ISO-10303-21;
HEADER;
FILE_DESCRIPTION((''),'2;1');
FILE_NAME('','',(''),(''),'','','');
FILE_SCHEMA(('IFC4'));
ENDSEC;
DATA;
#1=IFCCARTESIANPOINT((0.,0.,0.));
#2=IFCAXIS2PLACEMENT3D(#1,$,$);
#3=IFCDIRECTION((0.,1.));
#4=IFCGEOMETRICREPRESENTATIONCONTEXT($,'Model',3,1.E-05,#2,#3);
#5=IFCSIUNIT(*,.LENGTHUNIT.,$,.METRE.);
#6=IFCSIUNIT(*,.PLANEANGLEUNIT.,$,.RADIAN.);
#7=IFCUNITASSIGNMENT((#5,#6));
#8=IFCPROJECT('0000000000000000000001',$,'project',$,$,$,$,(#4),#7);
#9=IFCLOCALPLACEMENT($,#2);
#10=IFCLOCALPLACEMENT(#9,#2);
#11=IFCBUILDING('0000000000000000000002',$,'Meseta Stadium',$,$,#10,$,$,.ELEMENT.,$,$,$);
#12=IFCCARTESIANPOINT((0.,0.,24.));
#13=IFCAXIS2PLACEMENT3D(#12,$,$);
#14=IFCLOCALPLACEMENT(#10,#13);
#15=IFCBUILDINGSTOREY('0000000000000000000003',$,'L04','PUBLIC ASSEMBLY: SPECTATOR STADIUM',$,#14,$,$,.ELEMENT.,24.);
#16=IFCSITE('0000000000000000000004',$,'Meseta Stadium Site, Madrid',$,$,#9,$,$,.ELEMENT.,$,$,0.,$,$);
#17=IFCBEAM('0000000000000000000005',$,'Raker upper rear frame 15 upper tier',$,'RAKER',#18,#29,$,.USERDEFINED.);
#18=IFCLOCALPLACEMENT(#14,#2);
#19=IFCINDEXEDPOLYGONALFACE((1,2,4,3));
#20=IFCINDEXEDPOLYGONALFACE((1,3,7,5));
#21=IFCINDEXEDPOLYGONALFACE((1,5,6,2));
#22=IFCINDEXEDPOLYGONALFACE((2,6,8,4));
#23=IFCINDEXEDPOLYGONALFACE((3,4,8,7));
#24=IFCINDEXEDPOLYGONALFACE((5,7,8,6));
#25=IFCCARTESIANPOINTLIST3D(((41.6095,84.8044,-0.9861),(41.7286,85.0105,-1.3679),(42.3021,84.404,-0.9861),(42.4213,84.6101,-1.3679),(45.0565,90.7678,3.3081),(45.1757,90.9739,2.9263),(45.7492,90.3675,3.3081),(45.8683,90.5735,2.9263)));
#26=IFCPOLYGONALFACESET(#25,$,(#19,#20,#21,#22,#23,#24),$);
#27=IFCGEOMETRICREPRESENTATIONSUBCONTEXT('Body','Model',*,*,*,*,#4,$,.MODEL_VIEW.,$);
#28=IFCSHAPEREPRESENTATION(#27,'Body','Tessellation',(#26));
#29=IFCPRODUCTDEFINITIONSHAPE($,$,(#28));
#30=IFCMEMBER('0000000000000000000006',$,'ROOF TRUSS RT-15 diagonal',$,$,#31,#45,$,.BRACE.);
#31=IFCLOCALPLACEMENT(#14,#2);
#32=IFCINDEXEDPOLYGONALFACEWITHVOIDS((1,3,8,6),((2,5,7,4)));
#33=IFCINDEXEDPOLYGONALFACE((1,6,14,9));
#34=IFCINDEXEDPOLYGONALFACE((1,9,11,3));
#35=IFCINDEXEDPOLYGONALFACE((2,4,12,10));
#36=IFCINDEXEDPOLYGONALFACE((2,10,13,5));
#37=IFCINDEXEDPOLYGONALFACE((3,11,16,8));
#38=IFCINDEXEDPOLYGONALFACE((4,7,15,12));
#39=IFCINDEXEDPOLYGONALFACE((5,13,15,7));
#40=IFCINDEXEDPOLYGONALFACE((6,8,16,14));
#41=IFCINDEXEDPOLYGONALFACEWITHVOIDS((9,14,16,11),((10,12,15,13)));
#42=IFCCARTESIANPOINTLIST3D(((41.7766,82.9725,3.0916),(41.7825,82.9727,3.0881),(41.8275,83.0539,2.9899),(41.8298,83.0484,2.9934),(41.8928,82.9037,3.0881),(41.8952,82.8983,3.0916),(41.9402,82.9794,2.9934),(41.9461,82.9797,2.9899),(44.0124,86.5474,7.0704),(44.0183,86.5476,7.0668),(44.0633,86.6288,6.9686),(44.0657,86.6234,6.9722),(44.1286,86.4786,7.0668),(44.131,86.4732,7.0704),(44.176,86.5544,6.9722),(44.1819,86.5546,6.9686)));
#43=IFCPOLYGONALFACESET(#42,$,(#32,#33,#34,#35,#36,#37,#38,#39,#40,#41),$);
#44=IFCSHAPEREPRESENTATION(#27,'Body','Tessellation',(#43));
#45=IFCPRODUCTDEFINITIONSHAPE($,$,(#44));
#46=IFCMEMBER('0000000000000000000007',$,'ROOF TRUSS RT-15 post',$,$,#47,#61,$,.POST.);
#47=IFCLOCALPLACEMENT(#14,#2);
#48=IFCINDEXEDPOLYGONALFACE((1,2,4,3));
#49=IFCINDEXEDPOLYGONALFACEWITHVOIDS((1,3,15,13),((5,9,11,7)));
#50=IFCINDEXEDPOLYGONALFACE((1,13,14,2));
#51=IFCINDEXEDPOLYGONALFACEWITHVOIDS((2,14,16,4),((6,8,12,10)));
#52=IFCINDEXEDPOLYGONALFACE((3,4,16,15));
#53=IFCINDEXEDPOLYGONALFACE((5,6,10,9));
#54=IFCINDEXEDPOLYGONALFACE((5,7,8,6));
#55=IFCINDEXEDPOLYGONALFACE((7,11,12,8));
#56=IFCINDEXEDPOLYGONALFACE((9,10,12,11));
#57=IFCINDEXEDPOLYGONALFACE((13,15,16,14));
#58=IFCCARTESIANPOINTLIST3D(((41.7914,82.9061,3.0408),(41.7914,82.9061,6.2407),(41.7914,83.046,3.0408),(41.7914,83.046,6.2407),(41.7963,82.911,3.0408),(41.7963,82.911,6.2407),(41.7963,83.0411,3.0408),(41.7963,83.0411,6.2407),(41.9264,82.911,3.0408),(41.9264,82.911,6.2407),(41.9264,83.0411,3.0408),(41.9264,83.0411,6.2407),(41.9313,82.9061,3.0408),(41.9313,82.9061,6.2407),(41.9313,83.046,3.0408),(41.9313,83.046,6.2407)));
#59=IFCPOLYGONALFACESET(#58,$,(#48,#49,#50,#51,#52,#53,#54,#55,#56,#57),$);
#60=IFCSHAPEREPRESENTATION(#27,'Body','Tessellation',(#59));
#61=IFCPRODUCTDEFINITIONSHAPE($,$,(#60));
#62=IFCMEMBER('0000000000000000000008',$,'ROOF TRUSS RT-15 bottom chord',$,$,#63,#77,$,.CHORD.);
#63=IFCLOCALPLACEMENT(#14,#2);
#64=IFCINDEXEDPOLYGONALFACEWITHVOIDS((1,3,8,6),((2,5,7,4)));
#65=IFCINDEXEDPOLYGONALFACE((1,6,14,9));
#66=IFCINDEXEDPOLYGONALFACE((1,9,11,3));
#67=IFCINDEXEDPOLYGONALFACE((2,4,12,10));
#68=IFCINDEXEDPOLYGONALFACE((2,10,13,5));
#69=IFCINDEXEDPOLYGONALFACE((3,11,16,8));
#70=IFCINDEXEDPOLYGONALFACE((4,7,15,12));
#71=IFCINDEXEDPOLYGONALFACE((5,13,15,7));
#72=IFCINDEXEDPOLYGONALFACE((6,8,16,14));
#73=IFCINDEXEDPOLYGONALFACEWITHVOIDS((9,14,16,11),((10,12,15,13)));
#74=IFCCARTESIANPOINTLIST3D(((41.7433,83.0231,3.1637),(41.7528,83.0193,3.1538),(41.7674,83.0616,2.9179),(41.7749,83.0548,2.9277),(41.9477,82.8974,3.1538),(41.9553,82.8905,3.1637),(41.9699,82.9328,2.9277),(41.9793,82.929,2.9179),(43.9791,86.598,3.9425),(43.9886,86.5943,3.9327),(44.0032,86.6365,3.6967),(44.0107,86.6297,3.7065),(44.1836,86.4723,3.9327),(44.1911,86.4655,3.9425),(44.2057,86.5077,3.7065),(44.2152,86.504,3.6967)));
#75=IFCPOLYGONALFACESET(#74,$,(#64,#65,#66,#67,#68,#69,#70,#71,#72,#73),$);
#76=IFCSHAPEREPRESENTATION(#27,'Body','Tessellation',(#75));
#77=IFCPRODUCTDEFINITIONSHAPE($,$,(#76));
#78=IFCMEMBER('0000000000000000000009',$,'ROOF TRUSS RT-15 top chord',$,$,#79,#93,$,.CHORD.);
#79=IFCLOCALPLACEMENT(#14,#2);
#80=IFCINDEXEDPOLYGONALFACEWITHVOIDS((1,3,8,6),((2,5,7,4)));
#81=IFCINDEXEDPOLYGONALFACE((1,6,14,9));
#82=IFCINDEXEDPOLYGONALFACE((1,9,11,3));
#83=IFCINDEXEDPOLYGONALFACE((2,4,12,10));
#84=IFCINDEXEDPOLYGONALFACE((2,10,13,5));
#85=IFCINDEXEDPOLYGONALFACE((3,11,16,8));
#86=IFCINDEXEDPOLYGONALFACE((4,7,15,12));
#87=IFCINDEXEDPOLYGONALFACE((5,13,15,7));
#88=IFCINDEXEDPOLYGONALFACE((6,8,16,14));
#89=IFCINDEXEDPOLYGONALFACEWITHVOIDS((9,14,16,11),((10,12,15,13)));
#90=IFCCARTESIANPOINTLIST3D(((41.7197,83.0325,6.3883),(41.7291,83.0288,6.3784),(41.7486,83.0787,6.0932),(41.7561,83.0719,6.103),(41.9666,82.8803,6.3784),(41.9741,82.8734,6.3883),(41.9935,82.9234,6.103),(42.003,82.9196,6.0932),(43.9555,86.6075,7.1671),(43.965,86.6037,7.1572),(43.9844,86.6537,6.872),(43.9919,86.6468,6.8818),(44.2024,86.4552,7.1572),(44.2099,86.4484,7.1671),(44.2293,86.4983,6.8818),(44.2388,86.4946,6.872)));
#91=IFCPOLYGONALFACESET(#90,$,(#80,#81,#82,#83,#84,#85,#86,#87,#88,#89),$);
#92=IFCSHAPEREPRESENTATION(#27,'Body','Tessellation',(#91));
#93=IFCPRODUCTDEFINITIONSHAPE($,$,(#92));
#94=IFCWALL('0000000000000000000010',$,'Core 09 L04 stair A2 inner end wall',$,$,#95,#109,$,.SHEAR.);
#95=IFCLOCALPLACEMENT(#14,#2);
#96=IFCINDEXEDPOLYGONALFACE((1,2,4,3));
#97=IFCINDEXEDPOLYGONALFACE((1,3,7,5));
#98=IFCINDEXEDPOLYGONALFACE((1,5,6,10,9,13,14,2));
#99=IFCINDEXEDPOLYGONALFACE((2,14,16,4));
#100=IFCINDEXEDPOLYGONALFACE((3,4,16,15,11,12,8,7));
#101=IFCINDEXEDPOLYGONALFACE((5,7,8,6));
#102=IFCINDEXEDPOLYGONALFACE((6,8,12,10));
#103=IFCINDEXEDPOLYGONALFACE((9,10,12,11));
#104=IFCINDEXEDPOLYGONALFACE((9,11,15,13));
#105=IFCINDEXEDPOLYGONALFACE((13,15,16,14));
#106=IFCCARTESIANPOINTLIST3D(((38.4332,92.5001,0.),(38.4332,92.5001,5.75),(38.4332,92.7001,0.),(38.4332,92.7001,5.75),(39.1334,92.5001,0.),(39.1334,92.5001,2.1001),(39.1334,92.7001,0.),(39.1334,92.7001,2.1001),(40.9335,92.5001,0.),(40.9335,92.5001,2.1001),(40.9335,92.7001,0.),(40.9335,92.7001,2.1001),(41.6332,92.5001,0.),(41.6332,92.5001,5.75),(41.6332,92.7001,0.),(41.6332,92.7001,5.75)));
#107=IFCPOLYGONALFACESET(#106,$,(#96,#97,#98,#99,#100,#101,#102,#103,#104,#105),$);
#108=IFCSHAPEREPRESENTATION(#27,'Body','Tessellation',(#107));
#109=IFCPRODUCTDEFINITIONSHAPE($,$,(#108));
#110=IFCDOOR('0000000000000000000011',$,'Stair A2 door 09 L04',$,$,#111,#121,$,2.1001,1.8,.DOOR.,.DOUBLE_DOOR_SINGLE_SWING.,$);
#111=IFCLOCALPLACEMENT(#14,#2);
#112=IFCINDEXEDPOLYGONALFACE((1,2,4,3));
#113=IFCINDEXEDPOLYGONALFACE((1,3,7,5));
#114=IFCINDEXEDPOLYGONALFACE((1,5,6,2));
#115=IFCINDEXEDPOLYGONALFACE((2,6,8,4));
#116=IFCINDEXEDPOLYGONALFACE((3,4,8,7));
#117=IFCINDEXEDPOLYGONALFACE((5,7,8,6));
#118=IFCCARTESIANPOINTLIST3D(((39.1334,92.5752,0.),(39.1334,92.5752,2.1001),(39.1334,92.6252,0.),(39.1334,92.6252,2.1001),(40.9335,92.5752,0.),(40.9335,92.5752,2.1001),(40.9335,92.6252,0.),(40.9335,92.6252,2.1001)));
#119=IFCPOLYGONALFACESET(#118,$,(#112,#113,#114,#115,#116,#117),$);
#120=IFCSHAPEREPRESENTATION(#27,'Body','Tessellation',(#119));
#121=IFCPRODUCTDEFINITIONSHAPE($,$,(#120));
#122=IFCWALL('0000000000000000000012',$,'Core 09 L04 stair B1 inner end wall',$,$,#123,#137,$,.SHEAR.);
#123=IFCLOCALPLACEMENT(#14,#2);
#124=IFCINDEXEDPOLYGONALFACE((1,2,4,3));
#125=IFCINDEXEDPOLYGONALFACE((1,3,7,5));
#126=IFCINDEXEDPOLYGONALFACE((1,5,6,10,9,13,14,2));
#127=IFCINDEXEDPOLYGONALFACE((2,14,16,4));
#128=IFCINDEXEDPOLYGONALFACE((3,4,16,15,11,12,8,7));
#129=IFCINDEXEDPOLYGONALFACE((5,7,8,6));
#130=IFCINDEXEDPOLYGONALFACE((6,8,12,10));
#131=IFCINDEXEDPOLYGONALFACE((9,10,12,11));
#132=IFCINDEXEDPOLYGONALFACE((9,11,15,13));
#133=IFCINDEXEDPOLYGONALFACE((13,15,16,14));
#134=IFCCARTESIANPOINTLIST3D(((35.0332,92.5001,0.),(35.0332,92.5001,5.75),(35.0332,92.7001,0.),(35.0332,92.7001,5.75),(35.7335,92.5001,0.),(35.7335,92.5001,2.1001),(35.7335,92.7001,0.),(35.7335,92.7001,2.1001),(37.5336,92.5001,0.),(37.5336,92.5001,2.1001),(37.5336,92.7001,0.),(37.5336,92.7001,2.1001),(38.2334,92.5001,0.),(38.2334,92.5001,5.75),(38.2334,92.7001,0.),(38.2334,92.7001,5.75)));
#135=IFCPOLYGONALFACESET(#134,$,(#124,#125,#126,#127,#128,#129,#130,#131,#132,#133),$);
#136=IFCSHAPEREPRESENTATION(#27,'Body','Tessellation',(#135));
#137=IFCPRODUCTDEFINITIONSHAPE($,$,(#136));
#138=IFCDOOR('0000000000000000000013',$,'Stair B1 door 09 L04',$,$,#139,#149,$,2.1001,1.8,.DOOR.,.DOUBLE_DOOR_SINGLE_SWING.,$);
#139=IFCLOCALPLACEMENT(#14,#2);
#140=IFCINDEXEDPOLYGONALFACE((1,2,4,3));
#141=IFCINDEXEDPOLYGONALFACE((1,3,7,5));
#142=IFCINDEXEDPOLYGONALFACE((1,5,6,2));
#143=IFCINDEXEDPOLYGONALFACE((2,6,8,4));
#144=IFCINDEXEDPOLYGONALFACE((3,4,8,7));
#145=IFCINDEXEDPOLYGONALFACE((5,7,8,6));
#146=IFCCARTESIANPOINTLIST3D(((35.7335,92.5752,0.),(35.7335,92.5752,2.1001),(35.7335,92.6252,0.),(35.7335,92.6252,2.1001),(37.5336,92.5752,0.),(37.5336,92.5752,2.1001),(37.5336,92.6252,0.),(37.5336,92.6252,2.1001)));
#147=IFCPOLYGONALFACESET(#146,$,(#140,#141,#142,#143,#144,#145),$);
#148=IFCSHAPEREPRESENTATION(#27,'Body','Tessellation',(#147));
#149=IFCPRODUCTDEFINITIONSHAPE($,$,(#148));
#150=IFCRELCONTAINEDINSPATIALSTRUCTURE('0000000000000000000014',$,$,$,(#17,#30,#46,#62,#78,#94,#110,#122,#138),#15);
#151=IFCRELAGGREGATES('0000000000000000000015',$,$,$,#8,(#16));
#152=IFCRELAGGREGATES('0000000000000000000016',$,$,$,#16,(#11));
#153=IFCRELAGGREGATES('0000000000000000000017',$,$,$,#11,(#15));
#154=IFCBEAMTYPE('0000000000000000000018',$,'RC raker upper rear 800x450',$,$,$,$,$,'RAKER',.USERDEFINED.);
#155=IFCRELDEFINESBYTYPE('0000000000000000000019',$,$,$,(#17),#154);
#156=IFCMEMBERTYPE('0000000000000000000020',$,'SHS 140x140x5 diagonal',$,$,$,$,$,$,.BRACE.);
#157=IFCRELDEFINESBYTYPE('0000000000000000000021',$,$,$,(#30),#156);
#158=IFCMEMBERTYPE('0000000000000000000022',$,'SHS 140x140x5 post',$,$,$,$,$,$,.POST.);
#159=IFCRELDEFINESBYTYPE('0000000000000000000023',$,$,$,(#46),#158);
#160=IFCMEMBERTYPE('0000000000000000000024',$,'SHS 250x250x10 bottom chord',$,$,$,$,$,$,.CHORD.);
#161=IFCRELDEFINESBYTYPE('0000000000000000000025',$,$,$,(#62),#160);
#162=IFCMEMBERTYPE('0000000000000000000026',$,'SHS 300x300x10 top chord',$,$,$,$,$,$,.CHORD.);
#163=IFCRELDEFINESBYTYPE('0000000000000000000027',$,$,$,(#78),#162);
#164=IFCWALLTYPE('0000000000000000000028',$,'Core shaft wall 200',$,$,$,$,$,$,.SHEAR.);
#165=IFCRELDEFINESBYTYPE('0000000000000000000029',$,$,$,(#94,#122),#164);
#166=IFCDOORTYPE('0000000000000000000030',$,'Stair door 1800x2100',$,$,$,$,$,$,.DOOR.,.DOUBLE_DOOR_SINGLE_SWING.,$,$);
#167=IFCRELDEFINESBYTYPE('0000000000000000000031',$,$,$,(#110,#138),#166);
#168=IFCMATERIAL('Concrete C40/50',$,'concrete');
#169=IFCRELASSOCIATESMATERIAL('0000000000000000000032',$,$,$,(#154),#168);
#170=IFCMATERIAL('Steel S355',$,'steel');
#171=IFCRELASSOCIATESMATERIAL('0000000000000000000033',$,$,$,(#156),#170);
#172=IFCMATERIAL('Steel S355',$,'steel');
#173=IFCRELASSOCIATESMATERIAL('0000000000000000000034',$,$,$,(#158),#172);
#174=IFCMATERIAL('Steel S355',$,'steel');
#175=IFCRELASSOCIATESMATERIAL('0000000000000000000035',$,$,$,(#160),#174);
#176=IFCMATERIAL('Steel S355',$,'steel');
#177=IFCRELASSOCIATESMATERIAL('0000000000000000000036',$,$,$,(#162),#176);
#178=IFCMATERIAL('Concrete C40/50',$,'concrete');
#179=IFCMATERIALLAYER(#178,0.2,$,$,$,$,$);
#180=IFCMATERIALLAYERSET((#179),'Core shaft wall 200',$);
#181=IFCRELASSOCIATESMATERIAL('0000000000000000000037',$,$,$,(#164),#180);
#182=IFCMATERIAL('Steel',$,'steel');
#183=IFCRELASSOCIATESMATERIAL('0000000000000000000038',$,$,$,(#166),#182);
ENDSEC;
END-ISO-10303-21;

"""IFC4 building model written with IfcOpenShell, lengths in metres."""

from ifc_helpers import new_model, si_unit, direction, frame, frame_2d, origin, origin_2d, place, context, subcontext, project, spatial, rectangle, hollow_rectangle, extrude, material, layer, layer_set, material_profile, profile_set, type_object, element, fill, save


model = new_model("IFC4")

# Units and contexts
model_context = context("Model", 3, precision=1e-05, world=origin(), true_north=direction((0.0, 1.0)))
body_context = subcontext(model_context, "Body", "Model", "MODEL_VIEW")
ifc_project = project(units=[si_unit("LENGTHUNIT", "METRE"), si_unit("PLANEANGLEUNIT", "RADIAN")], contexts=[model_context])

# Site, building, storey
site_placement = place(None, origin())
site = spatial("IfcSite", under=ifc_project, at=site_placement, Name="Meseta Stadium Site, Madrid", CompositionType="ELEMENT", RefElevation=0.0)
building_placement = place(site_placement, origin())
building = spatial("IfcBuilding", under=site, at=building_placement, Name="Meseta Stadium", CompositionType="ELEMENT")
storey_placement = place(building_placement, frame((0.0, 0.0, 24.0)))
storey = spatial("IfcBuildingStorey", under=building, at=storey_placement, Name="L04", Description="PUBLIC ASSEMBLY: SPECTATOR STADIUM", CompositionType="ELEMENT", Elevation=24.0)

# Beam
ifc_material_1 = material(Name="Concrete C40/50", Category="concrete")
ifc_material_profile_1 = material_profile(ifc_material_1, rectangle(XDim=0.8, YDim=0.45, at=origin_2d()), Name="RC 800x450")
ifc_profile_set_1 = profile_set([ifc_material_profile_1], Name="Concrete C40/50")
beam_type = type_object("IfcBeamType", Name="RC raker upper rear 800x450", ElementType="RAKER", PredefinedType="USERDEFINED", material=ifc_profile_set_1)
beam_placement = place(storey_placement, frame((42.0154, 84.7073, -1.177), z_axis=(0.424673, 0.734688, 0.529044), x_axis=(-0.86577, 0.500442, 0.0)))
element("IfcBeam", 1, at=beam_placement, inside=storey, type_object=beam_type, Name="Raker upper rear frame 15 upper tier", ObjectType="RAKER", PredefinedType="USERDEFINED", context=body_context, shape_type="SweptSolid", body=[
    extrude(rectangle(XDim=0.8, YDim=0.45, at=origin_2d()), origin(), (0.0, 0.0, 1.0), 8.1169),
])

# Members
ifc_material_2 = material(Name="Steel S355", Category="steel")
ifc_material_profile_2 = material_profile(ifc_material_2, hollow_rectangle(XDim=0.1399, YDim=0.1399, WallThickness=0.0049, at=origin_2d()), Name="SHS 140x140x5")
ifc_profile_set_2 = profile_set([ifc_material_profile_2], Name="Steel S355")
member_type_1 = type_object("IfcMemberType", Name="SHS 140x140x5 diagonal", PredefinedType="BRACE", material=ifc_profile_set_2)
member_1_placement = place(storey_placement, frame((41.8613, 82.9761, 3.0408), z_axis=(0.385663, 0.616648, 0.686301), x_axis=(-0.847839, 0.530254, 0.0)))
element("IfcMember", 2, at=member_1_placement, inside=storey, type_object=member_type_1, Name="ROOF TRUSS RT-15 diagonal", PredefinedType="BRACE", context=body_context, shape_type="SweptSolid", body=[
    extrude(hollow_rectangle(XDim=0.1399, YDim=0.1399, WallThickness=0.0049, at=origin_2d()), origin(), (0.0, 0.0, 1.0), 5.7974),
])
ifc_material_3 = material(Name="Steel S355", Category="steel")
ifc_material_profile_3 = material_profile(ifc_material_3, hollow_rectangle(XDim=0.1399, YDim=0.1399, WallThickness=0.0049, at=origin_2d()), Name="SHS 140x140x5")
ifc_profile_set_3 = profile_set([ifc_material_profile_3], Name="Steel S355")
member_type_2 = type_object("IfcMemberType", Name="SHS 140x140x5 post", PredefinedType="POST", material=ifc_profile_set_3)
member_2_placement = place(storey_placement, frame((41.8613, 82.9761, 3.0408), z_axis=(0.0, 0.0, 1.0), x_axis=(1.0, 0.0, 0.0)))
element("IfcMember", 3, at=member_2_placement, inside=storey, type_object=member_type_2, Name="ROOF TRUSS RT-15 post", PredefinedType="POST", context=body_context, shape_type="SweptSolid", body=[
    extrude(hollow_rectangle(XDim=0.1399, YDim=0.1399, WallThickness=0.0049, at=origin_2d()), origin(), (0.0, 0.0, 1.0), 3.2),
])
ifc_material_4 = material(Name="Steel S355", Category="steel")
ifc_material_profile_4 = material_profile(ifc_material_4, hollow_rectangle(XDim=0.25, YDim=0.25, WallThickness=0.01, at=origin_2d()), Name="SHS 250x250x10")
ifc_profile_set_4 = profile_set([ifc_material_profile_4], Name="Steel S355")
member_type_3 = type_object("IfcMemberType", Name="SHS 250x250x10 bottom chord", PredefinedType="CHORD", material=ifc_profile_set_4)
member_3_placement = place(storey_placement, frame((41.8613, 82.9761, 3.0408), z_axis=(0.521434, 0.833737, 0.181631), x_axis=(-0.847839, 0.530254, 0.0)))
element("IfcMember", 4, at=member_3_placement, inside=storey, type_object=member_type_3, Name="ROOF TRUSS RT-15 bottom chord", PredefinedType="CHORD", context=body_context, shape_type="SweptSolid", body=[
    extrude(hollow_rectangle(XDim=0.25, YDim=0.25, WallThickness=0.01, at=origin_2d()), origin(), (0.0, 0.0, 1.0), 4.2878),
])
ifc_material_5 = material(Name="Steel S355", Category="steel")
ifc_material_profile_5 = material_profile(ifc_material_5, hollow_rectangle(XDim=0.3, YDim=0.3, WallThickness=0.01, at=origin_2d()), Name="SHS 300x300x10")
ifc_profile_set_5 = profile_set([ifc_material_profile_5], Name="Steel S355")
member_type_4 = type_object("IfcMemberType", Name="SHS 300x300x10 top chord", PredefinedType="CHORD", material=ifc_profile_set_5)
member_4_placement = place(storey_placement, frame((41.8613, 82.9761, 6.2407), z_axis=(0.521434, 0.833737, 0.181631), x_axis=(-0.847839, 0.530254, 0.0)))
element("IfcMember", 5, at=member_4_placement, inside=storey, type_object=member_type_4, Name="ROOF TRUSS RT-15 top chord", PredefinedType="CHORD", context=body_context, shape_type="SweptSolid", body=[
    extrude(hollow_rectangle(XDim=0.3, YDim=0.3, WallThickness=0.01, at=origin_2d()), origin(), (0.0, 0.0, 1.0), 4.2878),
])

# Walls, openings, doors
ifc_material_6 = material(Name="Concrete C40/50", Category="concrete")
ifc_layer_1 = layer(ifc_material_6, 0.2)
ifc_layer_set_1 = layer_set([ifc_layer_1], Name="Core shaft wall 200")
wall_type_1 = type_object("IfcWallType", Name="Core shaft wall 200", PredefinedType="SHEAR", material=ifc_layer_set_1)
wall_1_placement = place(storey_placement, frame((41.6333, 92.6001, 0.0), z_axis=(0.0, 0.0, 1.0), x_axis=(-1.0, 0.0, 0.0)))
wall_1 = element("IfcWall", 6, at=wall_1_placement, inside=storey, type_object=wall_type_1, Name="Core 09 L04 stair A2 inner end wall", PredefinedType="SHEAR", context=body_context, shape_type="SweptSolid", body=[
    extrude(rectangle(XDim=3.2, YDim=0.2, at=frame_2d((1.6001, 0.0))), origin(), (0.0, 0.0, 1.0), 5.75),
])
opening_1_placement = place(wall_1_placement, frame((0.7, 0.0, 0.0)))
opening_1 = element("IfcOpeningElement", 7, at=opening_1_placement, cuts=wall_1, PredefinedType="OPENING", context=body_context, shape_type="SweptSolid", body=[
    extrude(rectangle(XDim=1.8, YDim=2.1001, at=frame_2d((0.8999, 1.05))), frame((0.0, 0.1099, 0.0), z_axis=(0.0, -1.0, 0.0), x_axis=(1.0, 0.0, 0.0)), (0.0, 0.0, 1.0), 0.22),
])
ifc_material_7 = material(Name="Steel", Category="steel")
door_type = type_object("IfcDoorType", Name="Stair door 1800x2100", OperationType="DOUBLE_DOOR_SINGLE_SWING", PredefinedType="DOOR", material=ifc_material_7)
door_1_placement = place(opening_1_placement, origin())
door_1 = element("IfcDoor", 8, at=door_1_placement, inside=storey, type_object=door_type, Name="Stair A2 door 09 L04", OperationType="DOUBLE_DOOR_SINGLE_SWING", OverallHeight=2.1001, OverallWidth=1.8, PredefinedType="DOOR", context=body_context, shape_type="SweptSolid", body=[
    extrude(rectangle(XDim=1.8, YDim=2.1001, at=frame_2d((0.8999, 1.05))), frame((0.0, 0.0249, 0.0), z_axis=(0.0, -1.0, 0.0), x_axis=(1.0, 0.0, 0.0)), (0.0, 0.0, 1.0), 0.05),
])
fill(opening_1, door_1)
wall_2_placement = place(storey_placement, frame((38.2334, 92.6001, 0.0), z_axis=(0.0, 0.0, 1.0), x_axis=(-1.0, 0.0, 0.0)))
wall_2 = element("IfcWall", 9, at=wall_2_placement, inside=storey, type_object=wall_type_1, Name="Core 09 L04 stair B1 inner end wall", PredefinedType="SHEAR", context=body_context, shape_type="SweptSolid", body=[
    extrude(rectangle(XDim=3.2002, YDim=0.2, at=frame_2d((1.6001, 0.0))), origin(), (0.0, 0.0, 1.0), 5.75),
])
opening_2_placement = place(wall_2_placement, frame((0.7, 0.0, 0.0)))
opening_2 = element("IfcOpeningElement", 10, at=opening_2_placement, cuts=wall_2, PredefinedType="OPENING", context=body_context, shape_type="SweptSolid", body=[
    extrude(rectangle(XDim=1.8, YDim=2.1001, at=frame_2d((0.8999, 1.05))), frame((0.0, 0.1099, 0.0), z_axis=(0.0, -1.0, 0.0), x_axis=(1.0, 0.0, 0.0)), (0.0, 0.0, 1.0), 0.22),
])
door_2_placement = place(opening_2_placement, origin())
door_2 = element("IfcDoor", 11, at=door_2_placement, inside=storey, type_object=door_type, Name="Stair B1 door 09 L04", OperationType="DOUBLE_DOOR_SINGLE_SWING", OverallHeight=2.1001, OverallWidth=1.8, PredefinedType="DOOR", context=body_context, shape_type="SweptSolid", body=[
    extrude(rectangle(XDim=1.8, YDim=2.1001, at=frame_2d((0.8999, 1.05))), frame((0.0, 0.0249, 0.0), z_axis=(0.0, -1.0, 0.0), x_axis=(1.0, 0.0, 0.0)), (0.0, 0.0, 1.0), 0.05),
])
fill(opening_2, door_2)

save(model, "model.ifc")
